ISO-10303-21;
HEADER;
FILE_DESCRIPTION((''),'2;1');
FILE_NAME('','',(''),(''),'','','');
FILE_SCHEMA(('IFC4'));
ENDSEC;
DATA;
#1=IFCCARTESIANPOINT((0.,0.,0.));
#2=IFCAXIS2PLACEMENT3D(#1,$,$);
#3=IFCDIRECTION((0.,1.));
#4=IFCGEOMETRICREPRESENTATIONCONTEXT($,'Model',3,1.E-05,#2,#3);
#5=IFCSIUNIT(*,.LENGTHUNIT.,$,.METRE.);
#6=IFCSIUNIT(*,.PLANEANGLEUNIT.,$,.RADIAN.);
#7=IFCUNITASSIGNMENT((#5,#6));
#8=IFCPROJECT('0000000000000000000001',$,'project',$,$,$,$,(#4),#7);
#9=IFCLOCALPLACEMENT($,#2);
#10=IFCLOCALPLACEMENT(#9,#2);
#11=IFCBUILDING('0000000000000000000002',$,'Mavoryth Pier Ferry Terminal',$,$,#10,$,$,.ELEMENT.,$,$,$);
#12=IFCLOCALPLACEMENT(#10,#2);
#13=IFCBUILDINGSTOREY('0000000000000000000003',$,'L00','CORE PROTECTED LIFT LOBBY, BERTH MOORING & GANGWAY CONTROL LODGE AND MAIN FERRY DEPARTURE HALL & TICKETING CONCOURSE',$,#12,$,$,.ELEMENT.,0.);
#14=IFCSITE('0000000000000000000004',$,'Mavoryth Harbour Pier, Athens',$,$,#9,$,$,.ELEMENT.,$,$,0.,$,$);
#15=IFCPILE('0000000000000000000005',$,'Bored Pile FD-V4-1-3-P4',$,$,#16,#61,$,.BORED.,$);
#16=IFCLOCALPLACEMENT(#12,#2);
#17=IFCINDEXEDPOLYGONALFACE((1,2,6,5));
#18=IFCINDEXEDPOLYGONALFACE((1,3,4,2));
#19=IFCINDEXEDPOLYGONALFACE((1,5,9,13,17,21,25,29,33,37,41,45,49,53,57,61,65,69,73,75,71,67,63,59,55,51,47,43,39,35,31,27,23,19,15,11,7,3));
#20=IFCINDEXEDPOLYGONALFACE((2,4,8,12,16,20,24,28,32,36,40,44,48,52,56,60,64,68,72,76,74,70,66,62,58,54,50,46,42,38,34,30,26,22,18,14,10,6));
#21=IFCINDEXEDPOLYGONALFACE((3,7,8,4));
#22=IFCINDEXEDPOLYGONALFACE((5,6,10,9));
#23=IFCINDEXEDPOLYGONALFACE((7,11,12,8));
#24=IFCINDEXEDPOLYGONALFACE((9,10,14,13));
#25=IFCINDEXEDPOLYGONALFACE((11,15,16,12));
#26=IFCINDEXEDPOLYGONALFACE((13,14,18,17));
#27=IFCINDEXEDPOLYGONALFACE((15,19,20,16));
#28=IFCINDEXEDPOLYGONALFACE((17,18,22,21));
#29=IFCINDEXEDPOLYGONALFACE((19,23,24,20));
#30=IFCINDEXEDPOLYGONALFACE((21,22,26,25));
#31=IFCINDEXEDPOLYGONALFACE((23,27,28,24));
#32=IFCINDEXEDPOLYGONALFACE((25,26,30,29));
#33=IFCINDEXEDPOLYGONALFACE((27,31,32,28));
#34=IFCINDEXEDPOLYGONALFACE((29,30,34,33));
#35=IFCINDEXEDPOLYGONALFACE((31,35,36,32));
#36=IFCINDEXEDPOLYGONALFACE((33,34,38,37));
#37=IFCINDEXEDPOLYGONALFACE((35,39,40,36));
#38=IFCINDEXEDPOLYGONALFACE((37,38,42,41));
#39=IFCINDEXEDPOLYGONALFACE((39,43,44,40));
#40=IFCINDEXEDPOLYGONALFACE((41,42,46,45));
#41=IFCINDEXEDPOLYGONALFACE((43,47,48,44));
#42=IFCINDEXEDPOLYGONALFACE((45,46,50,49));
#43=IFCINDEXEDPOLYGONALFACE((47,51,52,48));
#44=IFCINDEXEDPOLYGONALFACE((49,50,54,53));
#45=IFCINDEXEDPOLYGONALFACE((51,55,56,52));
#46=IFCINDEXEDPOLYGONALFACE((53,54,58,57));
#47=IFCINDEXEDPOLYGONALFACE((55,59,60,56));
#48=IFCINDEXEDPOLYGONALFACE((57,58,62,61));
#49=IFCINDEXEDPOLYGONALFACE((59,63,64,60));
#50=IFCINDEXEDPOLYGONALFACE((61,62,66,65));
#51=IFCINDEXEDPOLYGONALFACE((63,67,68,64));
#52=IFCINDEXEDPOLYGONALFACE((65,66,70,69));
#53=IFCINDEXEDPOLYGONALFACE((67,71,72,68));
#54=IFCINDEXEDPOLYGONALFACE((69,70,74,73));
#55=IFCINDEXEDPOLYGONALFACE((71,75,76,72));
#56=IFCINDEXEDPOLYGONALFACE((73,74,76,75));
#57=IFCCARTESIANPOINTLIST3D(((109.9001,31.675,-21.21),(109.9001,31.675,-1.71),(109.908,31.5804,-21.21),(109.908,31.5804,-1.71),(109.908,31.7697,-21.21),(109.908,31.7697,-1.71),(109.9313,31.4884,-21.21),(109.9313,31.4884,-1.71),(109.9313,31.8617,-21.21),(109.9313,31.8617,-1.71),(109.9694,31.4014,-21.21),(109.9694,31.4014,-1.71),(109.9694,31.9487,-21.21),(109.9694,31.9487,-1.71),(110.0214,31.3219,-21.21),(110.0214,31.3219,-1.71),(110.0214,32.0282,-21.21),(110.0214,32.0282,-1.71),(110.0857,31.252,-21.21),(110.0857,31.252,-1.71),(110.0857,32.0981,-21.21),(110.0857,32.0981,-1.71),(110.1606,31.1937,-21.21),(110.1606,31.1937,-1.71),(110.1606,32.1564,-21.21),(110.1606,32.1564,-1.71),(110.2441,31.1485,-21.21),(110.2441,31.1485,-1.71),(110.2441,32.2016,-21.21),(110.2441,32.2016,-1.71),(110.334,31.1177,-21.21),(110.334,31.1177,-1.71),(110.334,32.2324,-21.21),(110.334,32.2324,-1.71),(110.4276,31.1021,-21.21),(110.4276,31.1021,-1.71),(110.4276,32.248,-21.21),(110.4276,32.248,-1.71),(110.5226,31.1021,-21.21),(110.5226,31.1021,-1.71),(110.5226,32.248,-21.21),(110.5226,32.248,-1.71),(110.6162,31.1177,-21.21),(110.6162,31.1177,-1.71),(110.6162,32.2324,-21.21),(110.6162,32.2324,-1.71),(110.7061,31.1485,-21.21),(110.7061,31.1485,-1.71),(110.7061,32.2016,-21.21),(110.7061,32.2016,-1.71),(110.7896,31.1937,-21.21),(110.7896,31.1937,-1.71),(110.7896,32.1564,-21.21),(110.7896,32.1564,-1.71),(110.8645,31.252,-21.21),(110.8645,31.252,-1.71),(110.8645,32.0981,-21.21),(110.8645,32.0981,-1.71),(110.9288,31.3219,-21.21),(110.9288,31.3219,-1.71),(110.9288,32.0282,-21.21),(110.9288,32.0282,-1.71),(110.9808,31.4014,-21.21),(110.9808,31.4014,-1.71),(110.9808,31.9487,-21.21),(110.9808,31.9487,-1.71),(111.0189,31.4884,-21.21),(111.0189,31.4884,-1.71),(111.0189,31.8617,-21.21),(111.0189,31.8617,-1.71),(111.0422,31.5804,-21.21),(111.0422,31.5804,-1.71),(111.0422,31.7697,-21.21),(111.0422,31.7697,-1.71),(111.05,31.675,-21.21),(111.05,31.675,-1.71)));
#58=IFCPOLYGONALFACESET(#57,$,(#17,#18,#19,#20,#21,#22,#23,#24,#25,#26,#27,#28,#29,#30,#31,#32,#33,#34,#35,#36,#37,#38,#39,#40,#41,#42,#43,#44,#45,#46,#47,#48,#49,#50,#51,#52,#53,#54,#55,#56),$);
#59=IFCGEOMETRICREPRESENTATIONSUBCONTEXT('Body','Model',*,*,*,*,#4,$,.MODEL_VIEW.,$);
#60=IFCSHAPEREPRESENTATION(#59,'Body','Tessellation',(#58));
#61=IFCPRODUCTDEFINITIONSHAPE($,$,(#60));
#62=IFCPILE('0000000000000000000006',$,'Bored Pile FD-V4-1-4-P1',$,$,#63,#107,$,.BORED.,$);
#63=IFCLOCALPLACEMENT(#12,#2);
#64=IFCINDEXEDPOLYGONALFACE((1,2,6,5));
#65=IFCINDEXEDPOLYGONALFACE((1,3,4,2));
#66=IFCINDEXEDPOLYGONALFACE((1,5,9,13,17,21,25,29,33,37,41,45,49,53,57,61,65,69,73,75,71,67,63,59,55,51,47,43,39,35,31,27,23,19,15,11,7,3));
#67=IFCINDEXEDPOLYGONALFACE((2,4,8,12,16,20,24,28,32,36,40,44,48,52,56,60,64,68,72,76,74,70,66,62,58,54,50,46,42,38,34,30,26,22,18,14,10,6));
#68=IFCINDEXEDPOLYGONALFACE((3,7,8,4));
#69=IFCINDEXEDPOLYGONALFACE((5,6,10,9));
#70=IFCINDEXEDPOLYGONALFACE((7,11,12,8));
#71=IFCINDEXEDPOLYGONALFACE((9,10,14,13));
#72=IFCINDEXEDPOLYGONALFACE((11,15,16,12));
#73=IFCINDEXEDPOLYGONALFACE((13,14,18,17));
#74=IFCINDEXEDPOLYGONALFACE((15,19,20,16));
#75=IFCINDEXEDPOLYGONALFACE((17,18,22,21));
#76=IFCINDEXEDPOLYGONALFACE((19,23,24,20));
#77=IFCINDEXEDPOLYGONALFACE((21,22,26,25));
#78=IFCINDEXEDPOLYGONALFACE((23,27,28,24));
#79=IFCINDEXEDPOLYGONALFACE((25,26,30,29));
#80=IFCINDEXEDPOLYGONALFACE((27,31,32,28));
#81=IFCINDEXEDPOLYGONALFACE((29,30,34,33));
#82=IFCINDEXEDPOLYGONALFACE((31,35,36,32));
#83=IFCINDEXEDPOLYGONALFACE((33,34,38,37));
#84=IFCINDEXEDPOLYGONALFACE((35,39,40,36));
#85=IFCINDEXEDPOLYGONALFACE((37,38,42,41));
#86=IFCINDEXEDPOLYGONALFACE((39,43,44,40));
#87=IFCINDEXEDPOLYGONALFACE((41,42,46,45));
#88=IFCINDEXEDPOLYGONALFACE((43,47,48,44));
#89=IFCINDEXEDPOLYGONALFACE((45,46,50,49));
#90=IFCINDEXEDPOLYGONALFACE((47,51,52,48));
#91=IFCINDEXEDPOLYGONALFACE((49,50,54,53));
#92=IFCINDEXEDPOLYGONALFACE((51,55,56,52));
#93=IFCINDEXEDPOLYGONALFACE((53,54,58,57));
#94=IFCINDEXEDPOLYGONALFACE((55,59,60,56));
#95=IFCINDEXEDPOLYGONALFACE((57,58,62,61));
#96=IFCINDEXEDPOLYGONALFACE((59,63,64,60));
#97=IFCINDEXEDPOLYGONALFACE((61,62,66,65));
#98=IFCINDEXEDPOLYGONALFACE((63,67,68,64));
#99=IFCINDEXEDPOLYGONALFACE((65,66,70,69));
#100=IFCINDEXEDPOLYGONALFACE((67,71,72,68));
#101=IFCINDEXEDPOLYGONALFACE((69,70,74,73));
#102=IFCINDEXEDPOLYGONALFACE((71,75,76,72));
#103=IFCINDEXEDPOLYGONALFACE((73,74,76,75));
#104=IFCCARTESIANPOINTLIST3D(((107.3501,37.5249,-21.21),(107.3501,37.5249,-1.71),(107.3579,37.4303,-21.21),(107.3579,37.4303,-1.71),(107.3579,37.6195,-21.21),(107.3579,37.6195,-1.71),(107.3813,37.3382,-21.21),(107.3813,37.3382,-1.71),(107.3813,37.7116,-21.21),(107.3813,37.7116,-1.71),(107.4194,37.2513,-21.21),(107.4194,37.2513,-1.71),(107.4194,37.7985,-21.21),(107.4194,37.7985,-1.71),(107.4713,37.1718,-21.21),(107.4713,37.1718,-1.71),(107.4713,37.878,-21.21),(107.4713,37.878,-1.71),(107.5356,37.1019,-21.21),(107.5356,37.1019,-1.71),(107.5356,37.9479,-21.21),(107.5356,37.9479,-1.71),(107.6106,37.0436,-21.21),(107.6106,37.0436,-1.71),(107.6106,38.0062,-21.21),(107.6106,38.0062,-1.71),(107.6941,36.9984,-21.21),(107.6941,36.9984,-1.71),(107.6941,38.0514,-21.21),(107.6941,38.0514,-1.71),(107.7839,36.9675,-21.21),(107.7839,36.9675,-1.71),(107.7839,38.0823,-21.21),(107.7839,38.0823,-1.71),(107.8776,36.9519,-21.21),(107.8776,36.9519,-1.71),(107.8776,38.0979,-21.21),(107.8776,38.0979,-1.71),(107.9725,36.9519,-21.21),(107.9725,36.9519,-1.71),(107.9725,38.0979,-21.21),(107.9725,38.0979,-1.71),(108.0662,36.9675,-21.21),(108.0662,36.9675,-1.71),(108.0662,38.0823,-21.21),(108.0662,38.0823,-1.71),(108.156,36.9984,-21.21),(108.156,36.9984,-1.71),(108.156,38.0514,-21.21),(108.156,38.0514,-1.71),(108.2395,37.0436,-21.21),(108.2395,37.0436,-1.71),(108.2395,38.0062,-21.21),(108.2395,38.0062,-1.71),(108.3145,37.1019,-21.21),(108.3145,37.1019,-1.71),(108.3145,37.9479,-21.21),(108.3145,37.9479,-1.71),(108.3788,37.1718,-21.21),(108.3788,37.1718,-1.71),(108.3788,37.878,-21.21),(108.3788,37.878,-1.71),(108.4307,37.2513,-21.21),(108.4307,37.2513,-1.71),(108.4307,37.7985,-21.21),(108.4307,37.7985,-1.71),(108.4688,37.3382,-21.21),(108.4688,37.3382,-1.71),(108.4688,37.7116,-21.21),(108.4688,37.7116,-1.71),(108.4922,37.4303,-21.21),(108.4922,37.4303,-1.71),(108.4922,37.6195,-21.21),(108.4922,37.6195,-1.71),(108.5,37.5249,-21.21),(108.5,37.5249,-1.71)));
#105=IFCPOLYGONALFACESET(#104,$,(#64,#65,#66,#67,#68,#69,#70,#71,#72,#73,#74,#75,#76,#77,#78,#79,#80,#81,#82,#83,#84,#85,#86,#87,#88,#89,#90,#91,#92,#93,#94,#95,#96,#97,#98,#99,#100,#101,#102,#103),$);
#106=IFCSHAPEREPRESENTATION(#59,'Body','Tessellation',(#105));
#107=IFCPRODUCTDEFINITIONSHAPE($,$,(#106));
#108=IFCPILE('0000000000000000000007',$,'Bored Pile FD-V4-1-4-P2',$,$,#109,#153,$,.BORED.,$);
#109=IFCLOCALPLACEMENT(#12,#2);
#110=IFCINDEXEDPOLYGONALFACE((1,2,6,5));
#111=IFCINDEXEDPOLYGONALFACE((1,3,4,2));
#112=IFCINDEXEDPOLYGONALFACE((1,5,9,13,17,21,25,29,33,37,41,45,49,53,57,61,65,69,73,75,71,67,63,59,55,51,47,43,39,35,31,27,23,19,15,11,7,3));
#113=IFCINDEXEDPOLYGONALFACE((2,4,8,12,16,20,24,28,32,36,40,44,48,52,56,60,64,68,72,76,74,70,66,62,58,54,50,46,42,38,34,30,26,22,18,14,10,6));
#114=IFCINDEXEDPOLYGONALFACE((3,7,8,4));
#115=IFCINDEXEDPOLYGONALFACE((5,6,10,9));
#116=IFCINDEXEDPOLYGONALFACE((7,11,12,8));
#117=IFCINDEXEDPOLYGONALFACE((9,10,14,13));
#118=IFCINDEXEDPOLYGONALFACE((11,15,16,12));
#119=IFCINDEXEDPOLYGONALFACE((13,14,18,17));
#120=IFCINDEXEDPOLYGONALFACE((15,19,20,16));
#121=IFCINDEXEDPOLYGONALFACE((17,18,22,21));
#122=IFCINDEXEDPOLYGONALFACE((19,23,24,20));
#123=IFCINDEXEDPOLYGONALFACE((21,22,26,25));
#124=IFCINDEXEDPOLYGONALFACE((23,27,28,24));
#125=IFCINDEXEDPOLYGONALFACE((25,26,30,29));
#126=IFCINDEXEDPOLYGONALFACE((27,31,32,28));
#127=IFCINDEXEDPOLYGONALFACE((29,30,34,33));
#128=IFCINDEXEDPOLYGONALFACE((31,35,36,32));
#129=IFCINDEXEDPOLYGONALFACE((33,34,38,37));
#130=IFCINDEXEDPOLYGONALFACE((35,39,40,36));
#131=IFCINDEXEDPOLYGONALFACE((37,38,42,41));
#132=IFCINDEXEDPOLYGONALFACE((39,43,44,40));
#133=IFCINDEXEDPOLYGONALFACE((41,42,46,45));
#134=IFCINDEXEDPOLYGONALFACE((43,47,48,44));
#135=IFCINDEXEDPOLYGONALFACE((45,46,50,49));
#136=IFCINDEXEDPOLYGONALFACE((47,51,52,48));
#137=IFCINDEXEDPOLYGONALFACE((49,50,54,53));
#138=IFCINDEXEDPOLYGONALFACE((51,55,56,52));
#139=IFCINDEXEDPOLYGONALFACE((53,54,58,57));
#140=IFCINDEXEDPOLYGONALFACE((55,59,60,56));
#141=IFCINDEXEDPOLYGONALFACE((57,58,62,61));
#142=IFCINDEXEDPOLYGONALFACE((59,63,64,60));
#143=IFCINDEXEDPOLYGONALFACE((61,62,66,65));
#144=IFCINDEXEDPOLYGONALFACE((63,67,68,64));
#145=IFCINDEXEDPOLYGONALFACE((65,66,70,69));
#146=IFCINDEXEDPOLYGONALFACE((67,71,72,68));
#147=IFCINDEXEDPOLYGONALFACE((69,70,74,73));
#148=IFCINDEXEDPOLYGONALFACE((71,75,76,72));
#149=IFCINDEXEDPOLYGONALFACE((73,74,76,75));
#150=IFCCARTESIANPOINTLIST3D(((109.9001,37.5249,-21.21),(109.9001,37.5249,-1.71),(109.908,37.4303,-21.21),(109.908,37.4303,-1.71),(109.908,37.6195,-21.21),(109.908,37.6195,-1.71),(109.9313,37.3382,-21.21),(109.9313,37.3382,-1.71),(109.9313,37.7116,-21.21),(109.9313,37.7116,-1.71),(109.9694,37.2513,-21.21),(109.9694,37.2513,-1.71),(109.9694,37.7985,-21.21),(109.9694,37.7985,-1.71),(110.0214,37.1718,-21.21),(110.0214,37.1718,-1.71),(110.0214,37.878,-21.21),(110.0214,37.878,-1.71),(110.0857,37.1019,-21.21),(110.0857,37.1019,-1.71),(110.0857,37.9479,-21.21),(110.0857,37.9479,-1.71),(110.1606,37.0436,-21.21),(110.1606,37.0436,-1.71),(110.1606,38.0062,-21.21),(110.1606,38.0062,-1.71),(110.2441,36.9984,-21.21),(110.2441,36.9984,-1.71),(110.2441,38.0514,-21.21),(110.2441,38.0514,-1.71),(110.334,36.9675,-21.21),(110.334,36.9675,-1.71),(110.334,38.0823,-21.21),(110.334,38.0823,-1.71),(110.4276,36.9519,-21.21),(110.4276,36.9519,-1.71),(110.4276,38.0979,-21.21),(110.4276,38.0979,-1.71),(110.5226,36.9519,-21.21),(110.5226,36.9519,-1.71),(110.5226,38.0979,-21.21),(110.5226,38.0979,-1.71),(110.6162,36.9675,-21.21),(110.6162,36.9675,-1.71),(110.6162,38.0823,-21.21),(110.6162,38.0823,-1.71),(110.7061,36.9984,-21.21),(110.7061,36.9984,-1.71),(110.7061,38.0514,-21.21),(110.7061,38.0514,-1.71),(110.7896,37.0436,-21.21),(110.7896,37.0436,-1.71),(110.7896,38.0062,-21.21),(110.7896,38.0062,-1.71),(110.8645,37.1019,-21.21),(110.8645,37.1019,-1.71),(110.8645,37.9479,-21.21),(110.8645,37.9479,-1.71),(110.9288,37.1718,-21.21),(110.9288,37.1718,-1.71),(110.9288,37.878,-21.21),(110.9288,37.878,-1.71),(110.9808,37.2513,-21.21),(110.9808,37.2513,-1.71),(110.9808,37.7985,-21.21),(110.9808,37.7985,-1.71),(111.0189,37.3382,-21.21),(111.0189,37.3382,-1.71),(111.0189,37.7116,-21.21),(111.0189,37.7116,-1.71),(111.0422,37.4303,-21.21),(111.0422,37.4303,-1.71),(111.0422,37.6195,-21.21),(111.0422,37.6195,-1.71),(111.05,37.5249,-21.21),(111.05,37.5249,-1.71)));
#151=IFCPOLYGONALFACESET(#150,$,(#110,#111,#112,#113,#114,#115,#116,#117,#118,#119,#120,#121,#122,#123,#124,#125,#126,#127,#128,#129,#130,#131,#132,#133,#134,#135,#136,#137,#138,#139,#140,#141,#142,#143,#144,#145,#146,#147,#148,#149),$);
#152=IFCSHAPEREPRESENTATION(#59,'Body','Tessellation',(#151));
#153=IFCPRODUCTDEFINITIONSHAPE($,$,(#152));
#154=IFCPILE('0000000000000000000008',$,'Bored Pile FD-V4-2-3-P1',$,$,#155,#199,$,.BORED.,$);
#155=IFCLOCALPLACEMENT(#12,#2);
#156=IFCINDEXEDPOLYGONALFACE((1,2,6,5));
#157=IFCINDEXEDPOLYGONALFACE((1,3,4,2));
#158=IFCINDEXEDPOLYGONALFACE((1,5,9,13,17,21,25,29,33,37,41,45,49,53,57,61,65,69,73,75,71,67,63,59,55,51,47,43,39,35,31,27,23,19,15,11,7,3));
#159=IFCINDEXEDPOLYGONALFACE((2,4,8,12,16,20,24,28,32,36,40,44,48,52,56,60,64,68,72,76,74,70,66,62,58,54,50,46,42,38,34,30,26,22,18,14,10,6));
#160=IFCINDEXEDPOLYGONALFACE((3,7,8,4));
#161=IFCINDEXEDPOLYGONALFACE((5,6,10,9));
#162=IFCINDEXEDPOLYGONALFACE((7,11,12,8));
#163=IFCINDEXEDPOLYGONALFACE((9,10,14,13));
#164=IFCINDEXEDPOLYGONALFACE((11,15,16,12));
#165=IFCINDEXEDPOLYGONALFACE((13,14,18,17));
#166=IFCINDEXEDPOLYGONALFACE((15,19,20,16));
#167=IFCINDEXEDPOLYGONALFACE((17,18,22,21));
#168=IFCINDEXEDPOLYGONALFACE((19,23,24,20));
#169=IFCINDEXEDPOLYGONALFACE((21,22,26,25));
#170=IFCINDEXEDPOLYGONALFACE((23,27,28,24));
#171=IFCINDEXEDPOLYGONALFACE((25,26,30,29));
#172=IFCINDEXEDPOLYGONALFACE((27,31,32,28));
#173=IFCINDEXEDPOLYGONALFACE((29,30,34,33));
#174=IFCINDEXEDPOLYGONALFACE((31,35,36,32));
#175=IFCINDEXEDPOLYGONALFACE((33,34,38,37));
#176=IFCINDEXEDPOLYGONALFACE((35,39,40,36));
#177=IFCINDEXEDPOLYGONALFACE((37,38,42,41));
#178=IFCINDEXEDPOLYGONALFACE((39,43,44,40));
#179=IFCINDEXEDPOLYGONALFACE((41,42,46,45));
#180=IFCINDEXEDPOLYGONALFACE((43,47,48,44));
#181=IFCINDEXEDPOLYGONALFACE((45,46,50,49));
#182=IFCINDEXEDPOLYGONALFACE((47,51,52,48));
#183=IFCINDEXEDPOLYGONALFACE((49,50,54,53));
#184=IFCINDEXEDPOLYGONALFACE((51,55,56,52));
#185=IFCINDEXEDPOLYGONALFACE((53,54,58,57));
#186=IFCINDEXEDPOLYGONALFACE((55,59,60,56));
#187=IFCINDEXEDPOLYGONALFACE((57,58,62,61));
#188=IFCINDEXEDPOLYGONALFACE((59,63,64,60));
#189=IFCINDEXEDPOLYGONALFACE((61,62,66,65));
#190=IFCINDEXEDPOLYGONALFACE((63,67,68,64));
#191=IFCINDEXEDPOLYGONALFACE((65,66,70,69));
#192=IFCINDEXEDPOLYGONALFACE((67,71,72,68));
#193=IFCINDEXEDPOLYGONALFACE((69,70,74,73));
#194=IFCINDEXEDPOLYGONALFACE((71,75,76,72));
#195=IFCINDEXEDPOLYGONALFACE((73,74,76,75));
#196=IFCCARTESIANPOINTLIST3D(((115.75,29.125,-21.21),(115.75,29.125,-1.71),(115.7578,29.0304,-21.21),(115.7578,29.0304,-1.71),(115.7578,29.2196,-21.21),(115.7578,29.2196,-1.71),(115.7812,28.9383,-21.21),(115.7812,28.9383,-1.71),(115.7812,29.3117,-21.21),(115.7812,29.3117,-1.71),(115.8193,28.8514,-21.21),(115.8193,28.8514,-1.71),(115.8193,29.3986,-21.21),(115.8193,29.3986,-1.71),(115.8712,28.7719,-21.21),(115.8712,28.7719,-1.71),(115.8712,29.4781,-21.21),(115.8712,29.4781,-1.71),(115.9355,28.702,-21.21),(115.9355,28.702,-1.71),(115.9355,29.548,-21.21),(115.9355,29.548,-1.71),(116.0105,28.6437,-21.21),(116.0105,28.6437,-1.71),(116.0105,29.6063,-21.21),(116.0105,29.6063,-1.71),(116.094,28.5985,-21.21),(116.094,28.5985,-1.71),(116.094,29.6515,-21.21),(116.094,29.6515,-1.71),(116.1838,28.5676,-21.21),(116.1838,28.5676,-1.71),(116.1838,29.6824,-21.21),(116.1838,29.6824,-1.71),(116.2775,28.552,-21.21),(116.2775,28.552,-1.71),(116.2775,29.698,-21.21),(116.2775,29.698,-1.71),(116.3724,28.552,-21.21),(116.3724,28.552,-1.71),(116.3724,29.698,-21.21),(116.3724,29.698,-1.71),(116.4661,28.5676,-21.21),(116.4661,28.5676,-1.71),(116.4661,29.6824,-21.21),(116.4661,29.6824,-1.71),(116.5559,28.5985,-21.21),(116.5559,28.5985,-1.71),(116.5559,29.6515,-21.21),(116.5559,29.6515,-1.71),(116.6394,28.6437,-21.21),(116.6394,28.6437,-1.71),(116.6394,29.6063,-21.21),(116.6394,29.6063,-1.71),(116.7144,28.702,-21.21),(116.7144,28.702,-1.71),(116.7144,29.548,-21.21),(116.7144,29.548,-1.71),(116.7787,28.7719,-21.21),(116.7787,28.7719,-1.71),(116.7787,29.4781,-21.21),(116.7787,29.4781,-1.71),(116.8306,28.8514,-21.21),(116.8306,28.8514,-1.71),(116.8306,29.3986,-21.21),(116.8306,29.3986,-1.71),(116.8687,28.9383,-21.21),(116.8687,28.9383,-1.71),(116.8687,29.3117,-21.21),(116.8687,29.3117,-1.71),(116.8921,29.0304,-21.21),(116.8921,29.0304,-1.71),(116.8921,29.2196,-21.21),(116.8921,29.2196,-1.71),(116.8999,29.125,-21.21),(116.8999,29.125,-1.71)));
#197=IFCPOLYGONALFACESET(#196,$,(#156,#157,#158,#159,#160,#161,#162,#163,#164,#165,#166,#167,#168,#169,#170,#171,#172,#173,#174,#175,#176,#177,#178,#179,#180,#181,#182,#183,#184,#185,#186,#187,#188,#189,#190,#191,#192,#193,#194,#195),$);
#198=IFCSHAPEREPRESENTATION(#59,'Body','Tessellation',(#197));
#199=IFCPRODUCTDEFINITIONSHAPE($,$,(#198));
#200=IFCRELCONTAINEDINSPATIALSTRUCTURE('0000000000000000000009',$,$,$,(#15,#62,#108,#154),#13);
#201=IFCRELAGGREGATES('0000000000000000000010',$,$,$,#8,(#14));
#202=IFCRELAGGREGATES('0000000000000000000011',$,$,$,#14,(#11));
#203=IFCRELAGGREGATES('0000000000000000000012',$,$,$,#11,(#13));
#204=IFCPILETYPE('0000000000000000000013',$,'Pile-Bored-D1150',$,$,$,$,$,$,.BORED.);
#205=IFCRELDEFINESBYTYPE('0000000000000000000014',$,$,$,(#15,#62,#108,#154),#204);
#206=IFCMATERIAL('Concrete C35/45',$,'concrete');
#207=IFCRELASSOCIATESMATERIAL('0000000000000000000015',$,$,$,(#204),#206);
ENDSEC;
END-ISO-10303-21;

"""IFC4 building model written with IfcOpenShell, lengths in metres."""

from ifc_helpers import new_model, si_unit, direction, frame, origin, origin_2d, place, context, subcontext, project, spatial, circle, extrude, material, material_profile, profile_set, type_object, element, save


model = new_model("IFC4")

# Units and contexts
model_context = context("Model", 3, precision=1e-05, world=origin(), true_north=direction((0.0, 1.0)))
body_context = subcontext(model_context, "Body", "Model", "MODEL_VIEW")
ifc_project = project(units=[si_unit("LENGTHUNIT", "METRE"), si_unit("PLANEANGLEUNIT", "RADIAN")], contexts=[model_context])

# Site, building, storey
site_placement = place(None, origin())
site = spatial("IfcSite", under=ifc_project, at=site_placement, Name="Mavoryth Harbour Pier, Athens", CompositionType="ELEMENT", RefElevation=0.0)
building_placement = place(site_placement, origin())
building = spatial("IfcBuilding", under=site, at=building_placement, Name="Mavoryth Pier Ferry Terminal", CompositionType="ELEMENT")
storey_placement = place(building_placement, origin())
storey = spatial("IfcBuildingStorey", under=building, at=storey_placement, Name="L00", Description="CORE PROTECTED LIFT LOBBY, BERTH MOORING & GANGWAY CONTROL LODGE AND MAIN FERRY DEPARTURE HALL & TICKETING CONCOURSE", CompositionType="ELEMENT", Elevation=0.0)

# Shared definitions
ifc_material_1 = material(Name="Concrete C35/45", Category="concrete")

# Piles
ifc_material_profile_1 = material_profile(ifc_material_1, circle(Radius=0.575, at=origin_2d()), Name="PILE D1150", Category="concrete")
ifc_profile_set_1 = profile_set([ifc_material_profile_1], Name="Concrete C35/45 - PILE D1150")
pile_type = type_object("IfcPileType", Name="Pile-Bored-D1150", PredefinedType="BORED", material=ifc_profile_set_1)
for number, where, z_axis, x_axis, name in (
    (1, (110.4751, 31.675, -1.71), (0.0, 0.0, -1.0), (1.0, 0.0, 0.0), "Bored Pile FD-V4-1-3-P4"),
    (2, (107.925, 37.5249, -1.71), (0.0, 0.0, -1.0), (1.0, 0.0, 0.0), "Bored Pile FD-V4-1-4-P1"),
    (3, (110.4751, 37.5249, -1.71), (0.0, 0.0, -1.0), (1.0, 0.0, 0.0), "Bored Pile FD-V4-1-4-P2"),
    (4, (116.325, 29.125, -1.71), (0.0, 0.0, -1.0), (1.0, 0.0, 0.0), "Bored Pile FD-V4-2-3-P1"),
):
    element("IfcPile", number, at=place(storey_placement, frame(where, z_axis=z_axis, x_axis=x_axis)), inside=storey, type_object=pile_type, Name=name, PredefinedType="BORED", context=body_context, shape_type="SweptSolid", body=[
        extrude(circle(Radius=0.575, at=origin_2d()), origin(), (0.0, 0.0, 1.0), 19.5),
    ])

save(model, "model.ifc")
